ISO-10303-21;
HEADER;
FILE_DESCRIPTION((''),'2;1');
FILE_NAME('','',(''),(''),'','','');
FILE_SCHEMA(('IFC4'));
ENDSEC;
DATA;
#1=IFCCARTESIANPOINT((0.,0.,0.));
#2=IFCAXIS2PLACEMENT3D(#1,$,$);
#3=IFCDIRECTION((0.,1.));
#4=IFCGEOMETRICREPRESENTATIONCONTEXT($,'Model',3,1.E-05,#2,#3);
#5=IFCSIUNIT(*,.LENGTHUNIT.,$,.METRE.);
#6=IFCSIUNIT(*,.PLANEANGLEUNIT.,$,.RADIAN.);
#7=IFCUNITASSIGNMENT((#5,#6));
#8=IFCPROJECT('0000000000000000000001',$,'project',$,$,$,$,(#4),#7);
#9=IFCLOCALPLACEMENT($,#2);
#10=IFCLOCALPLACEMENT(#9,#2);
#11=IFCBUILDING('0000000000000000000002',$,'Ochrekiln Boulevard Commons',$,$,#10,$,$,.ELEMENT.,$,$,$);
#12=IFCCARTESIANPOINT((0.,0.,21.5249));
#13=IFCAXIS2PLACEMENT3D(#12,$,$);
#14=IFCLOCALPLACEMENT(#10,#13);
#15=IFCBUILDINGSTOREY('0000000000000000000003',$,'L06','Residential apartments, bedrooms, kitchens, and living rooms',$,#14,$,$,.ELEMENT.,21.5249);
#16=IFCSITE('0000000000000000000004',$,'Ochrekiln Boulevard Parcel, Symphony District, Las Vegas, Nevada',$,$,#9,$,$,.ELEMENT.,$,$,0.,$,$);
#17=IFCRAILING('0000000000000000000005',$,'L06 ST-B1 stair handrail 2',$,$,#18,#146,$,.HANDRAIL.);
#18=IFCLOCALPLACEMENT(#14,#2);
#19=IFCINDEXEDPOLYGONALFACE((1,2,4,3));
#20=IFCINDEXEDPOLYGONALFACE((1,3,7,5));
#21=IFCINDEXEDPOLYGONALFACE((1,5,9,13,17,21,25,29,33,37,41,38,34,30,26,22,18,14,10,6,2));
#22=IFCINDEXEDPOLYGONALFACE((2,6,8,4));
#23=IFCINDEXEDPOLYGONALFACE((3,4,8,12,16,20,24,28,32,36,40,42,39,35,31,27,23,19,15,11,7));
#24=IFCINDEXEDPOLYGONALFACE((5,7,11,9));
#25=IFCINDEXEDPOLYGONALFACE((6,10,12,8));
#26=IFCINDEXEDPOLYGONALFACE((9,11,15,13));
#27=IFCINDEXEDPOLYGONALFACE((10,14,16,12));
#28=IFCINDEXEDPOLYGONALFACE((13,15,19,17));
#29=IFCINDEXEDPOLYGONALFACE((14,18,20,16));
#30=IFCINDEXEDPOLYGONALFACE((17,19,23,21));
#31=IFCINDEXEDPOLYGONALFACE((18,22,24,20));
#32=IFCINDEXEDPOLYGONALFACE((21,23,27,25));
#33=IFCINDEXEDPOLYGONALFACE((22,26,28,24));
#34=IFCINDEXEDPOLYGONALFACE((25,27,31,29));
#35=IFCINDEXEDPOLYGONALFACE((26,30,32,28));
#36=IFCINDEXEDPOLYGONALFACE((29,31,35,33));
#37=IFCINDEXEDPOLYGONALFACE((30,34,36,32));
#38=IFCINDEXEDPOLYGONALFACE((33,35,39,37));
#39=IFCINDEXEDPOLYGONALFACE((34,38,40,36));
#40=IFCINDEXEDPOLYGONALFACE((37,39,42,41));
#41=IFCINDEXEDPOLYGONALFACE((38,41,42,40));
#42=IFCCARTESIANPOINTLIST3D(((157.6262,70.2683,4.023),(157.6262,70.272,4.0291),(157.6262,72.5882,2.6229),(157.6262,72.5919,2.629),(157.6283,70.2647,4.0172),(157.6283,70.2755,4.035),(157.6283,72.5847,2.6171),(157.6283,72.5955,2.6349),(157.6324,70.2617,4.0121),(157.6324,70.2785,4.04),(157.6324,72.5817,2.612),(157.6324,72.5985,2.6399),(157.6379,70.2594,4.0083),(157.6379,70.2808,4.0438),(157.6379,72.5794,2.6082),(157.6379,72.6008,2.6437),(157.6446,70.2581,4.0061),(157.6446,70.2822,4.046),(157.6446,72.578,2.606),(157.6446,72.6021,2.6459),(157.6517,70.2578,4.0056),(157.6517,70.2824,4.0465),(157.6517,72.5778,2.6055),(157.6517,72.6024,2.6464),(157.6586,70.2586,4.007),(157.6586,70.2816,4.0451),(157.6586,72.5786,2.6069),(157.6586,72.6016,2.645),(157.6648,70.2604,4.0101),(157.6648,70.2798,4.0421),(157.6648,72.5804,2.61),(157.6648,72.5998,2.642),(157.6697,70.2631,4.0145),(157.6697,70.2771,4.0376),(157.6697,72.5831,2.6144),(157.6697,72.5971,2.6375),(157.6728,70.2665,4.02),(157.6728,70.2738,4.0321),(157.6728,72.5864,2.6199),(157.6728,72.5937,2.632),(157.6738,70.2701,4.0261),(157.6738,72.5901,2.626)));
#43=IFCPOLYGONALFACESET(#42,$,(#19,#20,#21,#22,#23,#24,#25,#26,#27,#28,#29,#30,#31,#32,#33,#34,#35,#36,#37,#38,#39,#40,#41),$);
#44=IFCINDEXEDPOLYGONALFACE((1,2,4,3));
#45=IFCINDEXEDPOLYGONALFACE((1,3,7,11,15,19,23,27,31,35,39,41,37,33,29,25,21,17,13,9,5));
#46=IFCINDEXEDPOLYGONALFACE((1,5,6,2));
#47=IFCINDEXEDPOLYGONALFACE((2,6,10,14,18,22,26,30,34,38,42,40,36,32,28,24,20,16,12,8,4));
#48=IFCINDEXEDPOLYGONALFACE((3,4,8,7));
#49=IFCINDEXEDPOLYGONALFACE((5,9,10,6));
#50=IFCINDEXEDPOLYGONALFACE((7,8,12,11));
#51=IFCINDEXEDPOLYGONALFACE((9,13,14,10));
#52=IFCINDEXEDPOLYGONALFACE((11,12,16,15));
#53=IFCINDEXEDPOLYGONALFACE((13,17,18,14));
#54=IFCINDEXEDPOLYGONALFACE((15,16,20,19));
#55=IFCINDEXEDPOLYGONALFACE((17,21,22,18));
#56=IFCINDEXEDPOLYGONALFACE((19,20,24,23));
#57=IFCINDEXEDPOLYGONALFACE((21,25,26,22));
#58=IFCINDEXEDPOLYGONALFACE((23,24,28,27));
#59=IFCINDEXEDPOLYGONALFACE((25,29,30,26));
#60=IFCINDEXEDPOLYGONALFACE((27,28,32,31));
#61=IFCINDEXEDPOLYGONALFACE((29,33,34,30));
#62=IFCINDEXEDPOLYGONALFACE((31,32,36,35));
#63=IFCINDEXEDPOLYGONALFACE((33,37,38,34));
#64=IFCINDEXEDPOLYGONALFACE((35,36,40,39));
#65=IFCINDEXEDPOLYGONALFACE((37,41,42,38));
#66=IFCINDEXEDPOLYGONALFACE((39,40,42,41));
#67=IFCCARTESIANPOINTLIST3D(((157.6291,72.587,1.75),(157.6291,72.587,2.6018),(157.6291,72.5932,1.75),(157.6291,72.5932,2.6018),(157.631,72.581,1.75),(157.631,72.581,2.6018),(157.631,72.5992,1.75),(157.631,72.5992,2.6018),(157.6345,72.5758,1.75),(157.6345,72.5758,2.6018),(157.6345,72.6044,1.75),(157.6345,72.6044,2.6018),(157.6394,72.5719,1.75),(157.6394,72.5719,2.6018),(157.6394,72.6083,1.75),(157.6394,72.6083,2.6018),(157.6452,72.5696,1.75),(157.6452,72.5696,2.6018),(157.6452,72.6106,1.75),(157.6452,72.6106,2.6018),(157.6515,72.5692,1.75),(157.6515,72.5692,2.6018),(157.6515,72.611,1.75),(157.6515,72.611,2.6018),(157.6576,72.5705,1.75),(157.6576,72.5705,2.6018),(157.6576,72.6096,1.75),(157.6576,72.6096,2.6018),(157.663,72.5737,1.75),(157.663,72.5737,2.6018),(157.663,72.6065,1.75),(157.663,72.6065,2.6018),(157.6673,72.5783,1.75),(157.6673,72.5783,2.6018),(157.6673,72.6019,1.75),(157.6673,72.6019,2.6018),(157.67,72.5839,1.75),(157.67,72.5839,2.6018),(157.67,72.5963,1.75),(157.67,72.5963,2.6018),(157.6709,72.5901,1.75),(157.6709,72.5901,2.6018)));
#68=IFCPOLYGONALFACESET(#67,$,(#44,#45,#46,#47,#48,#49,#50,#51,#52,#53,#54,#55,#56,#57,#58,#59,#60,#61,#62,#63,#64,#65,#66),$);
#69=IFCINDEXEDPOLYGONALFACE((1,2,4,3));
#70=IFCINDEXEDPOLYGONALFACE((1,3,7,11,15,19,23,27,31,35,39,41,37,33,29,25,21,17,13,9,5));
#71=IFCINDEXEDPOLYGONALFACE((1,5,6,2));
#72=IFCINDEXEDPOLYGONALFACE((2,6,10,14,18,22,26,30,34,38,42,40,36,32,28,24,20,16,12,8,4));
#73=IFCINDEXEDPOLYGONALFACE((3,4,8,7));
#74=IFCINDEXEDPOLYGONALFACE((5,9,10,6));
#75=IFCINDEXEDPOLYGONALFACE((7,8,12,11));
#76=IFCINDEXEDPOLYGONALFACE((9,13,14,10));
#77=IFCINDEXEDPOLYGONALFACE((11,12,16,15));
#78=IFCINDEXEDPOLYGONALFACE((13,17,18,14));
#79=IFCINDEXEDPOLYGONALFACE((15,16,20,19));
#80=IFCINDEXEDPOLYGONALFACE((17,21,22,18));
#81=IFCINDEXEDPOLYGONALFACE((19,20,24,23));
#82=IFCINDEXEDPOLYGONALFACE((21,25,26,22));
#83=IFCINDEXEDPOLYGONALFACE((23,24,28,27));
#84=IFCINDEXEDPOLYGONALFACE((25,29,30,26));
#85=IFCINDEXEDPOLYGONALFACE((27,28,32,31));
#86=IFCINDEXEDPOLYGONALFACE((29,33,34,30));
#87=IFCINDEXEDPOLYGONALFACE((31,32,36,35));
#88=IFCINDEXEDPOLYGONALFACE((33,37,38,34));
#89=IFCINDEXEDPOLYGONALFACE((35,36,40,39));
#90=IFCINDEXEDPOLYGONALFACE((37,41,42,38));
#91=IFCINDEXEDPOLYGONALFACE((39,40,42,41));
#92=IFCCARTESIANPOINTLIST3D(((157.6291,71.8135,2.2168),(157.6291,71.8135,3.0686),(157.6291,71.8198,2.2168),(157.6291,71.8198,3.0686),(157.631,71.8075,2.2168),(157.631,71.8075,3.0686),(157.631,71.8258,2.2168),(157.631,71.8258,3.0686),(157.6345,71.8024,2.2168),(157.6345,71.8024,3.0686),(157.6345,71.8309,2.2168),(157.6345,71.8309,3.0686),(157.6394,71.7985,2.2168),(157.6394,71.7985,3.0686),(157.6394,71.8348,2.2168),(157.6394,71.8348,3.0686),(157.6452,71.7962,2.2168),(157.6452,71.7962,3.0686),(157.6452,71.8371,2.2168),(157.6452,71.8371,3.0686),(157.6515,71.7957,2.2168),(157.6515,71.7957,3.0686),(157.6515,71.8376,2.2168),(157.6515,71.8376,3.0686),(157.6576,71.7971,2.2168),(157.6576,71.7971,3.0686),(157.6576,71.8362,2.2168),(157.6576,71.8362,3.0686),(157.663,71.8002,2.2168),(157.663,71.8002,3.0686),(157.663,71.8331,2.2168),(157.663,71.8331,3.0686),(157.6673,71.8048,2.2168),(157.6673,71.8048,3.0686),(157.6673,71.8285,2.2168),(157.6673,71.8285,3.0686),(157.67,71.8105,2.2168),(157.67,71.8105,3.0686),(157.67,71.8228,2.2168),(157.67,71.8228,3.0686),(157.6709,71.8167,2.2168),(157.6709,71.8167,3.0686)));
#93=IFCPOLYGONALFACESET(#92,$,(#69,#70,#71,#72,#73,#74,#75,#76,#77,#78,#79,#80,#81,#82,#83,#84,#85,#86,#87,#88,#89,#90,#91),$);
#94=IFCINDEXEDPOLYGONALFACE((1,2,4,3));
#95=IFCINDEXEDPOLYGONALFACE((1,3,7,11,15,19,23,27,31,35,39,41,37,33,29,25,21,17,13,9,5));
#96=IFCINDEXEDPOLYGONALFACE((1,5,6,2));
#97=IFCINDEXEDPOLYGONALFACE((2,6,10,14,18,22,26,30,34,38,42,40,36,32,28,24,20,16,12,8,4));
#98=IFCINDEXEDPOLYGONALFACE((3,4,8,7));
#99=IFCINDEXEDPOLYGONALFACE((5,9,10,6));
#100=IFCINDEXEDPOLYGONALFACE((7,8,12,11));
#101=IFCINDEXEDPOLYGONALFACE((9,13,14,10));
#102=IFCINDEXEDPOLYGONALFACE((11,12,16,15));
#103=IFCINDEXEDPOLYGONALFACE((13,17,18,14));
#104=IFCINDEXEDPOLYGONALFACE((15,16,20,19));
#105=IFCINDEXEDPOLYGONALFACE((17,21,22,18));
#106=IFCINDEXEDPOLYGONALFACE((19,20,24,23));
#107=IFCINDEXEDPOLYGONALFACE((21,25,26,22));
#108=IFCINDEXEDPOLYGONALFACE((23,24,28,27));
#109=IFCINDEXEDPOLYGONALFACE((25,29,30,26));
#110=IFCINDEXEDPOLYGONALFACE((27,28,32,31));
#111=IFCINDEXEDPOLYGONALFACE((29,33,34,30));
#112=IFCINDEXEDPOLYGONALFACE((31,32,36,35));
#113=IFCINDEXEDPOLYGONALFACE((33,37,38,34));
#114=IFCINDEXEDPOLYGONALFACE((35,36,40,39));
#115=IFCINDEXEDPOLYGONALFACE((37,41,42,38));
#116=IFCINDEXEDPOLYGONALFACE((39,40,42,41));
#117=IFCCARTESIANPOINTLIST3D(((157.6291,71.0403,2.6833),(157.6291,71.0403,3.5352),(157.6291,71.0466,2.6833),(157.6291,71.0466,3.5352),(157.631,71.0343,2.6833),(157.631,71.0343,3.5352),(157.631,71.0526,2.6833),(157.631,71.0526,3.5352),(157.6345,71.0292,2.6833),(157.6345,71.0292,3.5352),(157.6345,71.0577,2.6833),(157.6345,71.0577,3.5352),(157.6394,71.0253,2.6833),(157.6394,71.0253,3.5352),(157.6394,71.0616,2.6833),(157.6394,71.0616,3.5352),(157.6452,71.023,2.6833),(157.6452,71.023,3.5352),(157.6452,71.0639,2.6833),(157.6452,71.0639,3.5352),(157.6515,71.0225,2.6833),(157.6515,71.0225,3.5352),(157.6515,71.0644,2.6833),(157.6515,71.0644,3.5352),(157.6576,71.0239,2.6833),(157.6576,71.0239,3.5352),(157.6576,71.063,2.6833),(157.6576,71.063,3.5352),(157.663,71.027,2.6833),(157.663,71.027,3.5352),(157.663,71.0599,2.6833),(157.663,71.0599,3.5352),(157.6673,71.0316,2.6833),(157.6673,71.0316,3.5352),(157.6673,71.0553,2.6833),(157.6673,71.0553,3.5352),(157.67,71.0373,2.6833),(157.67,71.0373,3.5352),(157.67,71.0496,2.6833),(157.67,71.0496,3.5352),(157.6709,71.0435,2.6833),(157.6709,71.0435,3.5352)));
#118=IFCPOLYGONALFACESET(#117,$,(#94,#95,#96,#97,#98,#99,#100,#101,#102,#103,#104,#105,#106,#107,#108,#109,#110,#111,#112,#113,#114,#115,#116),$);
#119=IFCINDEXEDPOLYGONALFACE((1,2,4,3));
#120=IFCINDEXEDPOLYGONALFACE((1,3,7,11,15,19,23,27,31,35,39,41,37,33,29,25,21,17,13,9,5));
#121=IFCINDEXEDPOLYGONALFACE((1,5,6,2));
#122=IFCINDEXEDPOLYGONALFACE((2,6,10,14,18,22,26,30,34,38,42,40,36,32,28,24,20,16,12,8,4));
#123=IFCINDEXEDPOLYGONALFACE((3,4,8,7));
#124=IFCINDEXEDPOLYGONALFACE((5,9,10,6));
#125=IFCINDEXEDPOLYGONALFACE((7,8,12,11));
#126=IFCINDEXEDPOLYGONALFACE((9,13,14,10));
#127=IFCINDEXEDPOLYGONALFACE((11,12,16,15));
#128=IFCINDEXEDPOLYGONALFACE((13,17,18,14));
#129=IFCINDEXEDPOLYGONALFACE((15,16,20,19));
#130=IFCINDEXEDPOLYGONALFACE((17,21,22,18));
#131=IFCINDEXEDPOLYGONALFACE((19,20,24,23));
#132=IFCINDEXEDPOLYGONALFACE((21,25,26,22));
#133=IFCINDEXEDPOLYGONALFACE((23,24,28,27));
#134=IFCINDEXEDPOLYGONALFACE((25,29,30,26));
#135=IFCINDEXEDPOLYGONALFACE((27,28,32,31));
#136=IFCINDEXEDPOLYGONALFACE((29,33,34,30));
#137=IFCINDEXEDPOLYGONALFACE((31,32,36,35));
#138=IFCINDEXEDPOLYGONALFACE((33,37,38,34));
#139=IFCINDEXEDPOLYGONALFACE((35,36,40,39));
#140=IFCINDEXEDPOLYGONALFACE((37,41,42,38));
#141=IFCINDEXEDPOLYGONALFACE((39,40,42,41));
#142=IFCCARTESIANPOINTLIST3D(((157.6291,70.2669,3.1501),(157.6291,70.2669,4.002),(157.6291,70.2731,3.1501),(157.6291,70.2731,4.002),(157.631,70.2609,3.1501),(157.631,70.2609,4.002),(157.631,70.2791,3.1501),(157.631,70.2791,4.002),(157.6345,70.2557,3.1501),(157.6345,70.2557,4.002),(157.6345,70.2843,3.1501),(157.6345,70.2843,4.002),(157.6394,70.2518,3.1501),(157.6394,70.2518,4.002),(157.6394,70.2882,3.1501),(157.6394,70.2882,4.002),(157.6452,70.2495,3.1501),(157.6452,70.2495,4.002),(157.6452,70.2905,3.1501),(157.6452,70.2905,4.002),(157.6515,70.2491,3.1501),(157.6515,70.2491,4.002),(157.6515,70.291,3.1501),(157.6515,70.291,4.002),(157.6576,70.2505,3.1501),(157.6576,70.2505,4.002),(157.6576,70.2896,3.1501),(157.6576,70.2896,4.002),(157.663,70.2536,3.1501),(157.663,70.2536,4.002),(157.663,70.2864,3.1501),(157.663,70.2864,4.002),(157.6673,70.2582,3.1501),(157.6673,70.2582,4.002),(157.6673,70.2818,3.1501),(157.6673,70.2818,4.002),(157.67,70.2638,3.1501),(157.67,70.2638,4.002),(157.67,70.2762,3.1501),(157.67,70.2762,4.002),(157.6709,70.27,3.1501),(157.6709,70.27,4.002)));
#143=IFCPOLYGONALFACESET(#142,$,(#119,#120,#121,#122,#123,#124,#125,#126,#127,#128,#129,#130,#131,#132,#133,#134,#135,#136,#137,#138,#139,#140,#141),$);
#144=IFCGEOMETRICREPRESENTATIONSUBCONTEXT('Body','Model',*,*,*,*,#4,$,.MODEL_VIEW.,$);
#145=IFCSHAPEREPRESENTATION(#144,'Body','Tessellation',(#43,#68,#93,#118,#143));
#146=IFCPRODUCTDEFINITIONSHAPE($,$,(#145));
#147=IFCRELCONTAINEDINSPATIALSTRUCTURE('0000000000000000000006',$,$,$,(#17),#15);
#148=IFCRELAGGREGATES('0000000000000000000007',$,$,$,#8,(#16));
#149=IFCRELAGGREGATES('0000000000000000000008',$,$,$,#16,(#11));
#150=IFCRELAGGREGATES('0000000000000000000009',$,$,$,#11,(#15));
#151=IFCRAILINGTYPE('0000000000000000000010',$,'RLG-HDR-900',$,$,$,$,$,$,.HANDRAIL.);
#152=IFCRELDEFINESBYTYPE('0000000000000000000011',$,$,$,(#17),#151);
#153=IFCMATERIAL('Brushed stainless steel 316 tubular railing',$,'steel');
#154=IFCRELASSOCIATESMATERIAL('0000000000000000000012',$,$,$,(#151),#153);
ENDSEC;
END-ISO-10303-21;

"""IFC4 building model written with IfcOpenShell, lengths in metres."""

from ifc_helpers import new_model, si_unit, direction, frame, origin, origin_2d, place, context, subcontext, project, spatial, circle, extrude, material, type_object, element, save


model = new_model("IFC4")

# Units and contexts
model_context = context("Model", 3, precision=1e-05, world=origin(), true_north=direction((0.0, 1.0)))
body_context = subcontext(model_context, "Body", "Model", "MODEL_VIEW")
ifc_project = project(units=[si_unit("LENGTHUNIT", "METRE"), si_unit("PLANEANGLEUNIT", "RADIAN")], contexts=[model_context])

# Site, building, storey
site_placement = place(None, origin())
site = spatial("IfcSite", under=ifc_project, at=site_placement, Name="Ochrekiln Boulevard Parcel, Symphony District, Las Vegas, Nevada", CompositionType="ELEMENT", RefElevation=0.0)
building_placement = place(site_placement, origin())
building = spatial("IfcBuilding", under=site, at=building_placement, Name="Ochrekiln Boulevard Commons", CompositionType="ELEMENT")
storey_placement = place(building_placement, frame((0.0, 0.0, 21.5249)))
storey = spatial("IfcBuildingStorey", under=building, at=storey_placement, Name="L06", Description="Residential apartments, bedrooms, kitchens, and living rooms", CompositionType="ELEMENT", Elevation=21.5249)

# Railing
ifc_material_1 = material(Name="Brushed stainless steel 316 tubular railing", Category="steel")
railing_type_1 = type_object("IfcRailingType", Name="RLG-HDR-900", PredefinedType="HANDRAIL", material=ifc_material_1)
railing_1_placement = place(storey_placement, frame((157.6499, 72.5901, 1.75)))
element("IfcRailing", 1, at=railing_1_placement, inside=storey, type_object=railing_type_1, Name="L06 ST-B1 stair handrail 2", PredefinedType="HANDRAIL", context=body_context, shape_type="SweptSolid", body=[
    extrude(circle(Radius=0.0239, at=origin_2d()), frame((0.0, 0.0, 0.876), z_axis=(0.0, -0.85617, 0.516693), x_axis=(1.0, 0.0, 0.0)), (0.0, 0.0, 1.0), 2.7097),
    extrude(circle(Radius=0.021, at=origin_2d()), origin(), (0.0, 0.0, 1.0), 0.8518),
    extrude(circle(Radius=0.021, at=origin_2d()), frame((0.0, -0.7734, 0.4668)), (0.0, 0.0, 1.0), 0.8518),
    extrude(circle(Radius=0.021, at=origin_2d()), frame((0.0, -1.5466, 0.9333)), (0.0, 0.0, 1.0), 0.8518),
    extrude(circle(Radius=0.021, at=origin_2d()), frame((0.0, -2.3201, 1.4001)), (0.0, 0.0, 1.0), 0.8518),
])

save(model, "model.ifc")
